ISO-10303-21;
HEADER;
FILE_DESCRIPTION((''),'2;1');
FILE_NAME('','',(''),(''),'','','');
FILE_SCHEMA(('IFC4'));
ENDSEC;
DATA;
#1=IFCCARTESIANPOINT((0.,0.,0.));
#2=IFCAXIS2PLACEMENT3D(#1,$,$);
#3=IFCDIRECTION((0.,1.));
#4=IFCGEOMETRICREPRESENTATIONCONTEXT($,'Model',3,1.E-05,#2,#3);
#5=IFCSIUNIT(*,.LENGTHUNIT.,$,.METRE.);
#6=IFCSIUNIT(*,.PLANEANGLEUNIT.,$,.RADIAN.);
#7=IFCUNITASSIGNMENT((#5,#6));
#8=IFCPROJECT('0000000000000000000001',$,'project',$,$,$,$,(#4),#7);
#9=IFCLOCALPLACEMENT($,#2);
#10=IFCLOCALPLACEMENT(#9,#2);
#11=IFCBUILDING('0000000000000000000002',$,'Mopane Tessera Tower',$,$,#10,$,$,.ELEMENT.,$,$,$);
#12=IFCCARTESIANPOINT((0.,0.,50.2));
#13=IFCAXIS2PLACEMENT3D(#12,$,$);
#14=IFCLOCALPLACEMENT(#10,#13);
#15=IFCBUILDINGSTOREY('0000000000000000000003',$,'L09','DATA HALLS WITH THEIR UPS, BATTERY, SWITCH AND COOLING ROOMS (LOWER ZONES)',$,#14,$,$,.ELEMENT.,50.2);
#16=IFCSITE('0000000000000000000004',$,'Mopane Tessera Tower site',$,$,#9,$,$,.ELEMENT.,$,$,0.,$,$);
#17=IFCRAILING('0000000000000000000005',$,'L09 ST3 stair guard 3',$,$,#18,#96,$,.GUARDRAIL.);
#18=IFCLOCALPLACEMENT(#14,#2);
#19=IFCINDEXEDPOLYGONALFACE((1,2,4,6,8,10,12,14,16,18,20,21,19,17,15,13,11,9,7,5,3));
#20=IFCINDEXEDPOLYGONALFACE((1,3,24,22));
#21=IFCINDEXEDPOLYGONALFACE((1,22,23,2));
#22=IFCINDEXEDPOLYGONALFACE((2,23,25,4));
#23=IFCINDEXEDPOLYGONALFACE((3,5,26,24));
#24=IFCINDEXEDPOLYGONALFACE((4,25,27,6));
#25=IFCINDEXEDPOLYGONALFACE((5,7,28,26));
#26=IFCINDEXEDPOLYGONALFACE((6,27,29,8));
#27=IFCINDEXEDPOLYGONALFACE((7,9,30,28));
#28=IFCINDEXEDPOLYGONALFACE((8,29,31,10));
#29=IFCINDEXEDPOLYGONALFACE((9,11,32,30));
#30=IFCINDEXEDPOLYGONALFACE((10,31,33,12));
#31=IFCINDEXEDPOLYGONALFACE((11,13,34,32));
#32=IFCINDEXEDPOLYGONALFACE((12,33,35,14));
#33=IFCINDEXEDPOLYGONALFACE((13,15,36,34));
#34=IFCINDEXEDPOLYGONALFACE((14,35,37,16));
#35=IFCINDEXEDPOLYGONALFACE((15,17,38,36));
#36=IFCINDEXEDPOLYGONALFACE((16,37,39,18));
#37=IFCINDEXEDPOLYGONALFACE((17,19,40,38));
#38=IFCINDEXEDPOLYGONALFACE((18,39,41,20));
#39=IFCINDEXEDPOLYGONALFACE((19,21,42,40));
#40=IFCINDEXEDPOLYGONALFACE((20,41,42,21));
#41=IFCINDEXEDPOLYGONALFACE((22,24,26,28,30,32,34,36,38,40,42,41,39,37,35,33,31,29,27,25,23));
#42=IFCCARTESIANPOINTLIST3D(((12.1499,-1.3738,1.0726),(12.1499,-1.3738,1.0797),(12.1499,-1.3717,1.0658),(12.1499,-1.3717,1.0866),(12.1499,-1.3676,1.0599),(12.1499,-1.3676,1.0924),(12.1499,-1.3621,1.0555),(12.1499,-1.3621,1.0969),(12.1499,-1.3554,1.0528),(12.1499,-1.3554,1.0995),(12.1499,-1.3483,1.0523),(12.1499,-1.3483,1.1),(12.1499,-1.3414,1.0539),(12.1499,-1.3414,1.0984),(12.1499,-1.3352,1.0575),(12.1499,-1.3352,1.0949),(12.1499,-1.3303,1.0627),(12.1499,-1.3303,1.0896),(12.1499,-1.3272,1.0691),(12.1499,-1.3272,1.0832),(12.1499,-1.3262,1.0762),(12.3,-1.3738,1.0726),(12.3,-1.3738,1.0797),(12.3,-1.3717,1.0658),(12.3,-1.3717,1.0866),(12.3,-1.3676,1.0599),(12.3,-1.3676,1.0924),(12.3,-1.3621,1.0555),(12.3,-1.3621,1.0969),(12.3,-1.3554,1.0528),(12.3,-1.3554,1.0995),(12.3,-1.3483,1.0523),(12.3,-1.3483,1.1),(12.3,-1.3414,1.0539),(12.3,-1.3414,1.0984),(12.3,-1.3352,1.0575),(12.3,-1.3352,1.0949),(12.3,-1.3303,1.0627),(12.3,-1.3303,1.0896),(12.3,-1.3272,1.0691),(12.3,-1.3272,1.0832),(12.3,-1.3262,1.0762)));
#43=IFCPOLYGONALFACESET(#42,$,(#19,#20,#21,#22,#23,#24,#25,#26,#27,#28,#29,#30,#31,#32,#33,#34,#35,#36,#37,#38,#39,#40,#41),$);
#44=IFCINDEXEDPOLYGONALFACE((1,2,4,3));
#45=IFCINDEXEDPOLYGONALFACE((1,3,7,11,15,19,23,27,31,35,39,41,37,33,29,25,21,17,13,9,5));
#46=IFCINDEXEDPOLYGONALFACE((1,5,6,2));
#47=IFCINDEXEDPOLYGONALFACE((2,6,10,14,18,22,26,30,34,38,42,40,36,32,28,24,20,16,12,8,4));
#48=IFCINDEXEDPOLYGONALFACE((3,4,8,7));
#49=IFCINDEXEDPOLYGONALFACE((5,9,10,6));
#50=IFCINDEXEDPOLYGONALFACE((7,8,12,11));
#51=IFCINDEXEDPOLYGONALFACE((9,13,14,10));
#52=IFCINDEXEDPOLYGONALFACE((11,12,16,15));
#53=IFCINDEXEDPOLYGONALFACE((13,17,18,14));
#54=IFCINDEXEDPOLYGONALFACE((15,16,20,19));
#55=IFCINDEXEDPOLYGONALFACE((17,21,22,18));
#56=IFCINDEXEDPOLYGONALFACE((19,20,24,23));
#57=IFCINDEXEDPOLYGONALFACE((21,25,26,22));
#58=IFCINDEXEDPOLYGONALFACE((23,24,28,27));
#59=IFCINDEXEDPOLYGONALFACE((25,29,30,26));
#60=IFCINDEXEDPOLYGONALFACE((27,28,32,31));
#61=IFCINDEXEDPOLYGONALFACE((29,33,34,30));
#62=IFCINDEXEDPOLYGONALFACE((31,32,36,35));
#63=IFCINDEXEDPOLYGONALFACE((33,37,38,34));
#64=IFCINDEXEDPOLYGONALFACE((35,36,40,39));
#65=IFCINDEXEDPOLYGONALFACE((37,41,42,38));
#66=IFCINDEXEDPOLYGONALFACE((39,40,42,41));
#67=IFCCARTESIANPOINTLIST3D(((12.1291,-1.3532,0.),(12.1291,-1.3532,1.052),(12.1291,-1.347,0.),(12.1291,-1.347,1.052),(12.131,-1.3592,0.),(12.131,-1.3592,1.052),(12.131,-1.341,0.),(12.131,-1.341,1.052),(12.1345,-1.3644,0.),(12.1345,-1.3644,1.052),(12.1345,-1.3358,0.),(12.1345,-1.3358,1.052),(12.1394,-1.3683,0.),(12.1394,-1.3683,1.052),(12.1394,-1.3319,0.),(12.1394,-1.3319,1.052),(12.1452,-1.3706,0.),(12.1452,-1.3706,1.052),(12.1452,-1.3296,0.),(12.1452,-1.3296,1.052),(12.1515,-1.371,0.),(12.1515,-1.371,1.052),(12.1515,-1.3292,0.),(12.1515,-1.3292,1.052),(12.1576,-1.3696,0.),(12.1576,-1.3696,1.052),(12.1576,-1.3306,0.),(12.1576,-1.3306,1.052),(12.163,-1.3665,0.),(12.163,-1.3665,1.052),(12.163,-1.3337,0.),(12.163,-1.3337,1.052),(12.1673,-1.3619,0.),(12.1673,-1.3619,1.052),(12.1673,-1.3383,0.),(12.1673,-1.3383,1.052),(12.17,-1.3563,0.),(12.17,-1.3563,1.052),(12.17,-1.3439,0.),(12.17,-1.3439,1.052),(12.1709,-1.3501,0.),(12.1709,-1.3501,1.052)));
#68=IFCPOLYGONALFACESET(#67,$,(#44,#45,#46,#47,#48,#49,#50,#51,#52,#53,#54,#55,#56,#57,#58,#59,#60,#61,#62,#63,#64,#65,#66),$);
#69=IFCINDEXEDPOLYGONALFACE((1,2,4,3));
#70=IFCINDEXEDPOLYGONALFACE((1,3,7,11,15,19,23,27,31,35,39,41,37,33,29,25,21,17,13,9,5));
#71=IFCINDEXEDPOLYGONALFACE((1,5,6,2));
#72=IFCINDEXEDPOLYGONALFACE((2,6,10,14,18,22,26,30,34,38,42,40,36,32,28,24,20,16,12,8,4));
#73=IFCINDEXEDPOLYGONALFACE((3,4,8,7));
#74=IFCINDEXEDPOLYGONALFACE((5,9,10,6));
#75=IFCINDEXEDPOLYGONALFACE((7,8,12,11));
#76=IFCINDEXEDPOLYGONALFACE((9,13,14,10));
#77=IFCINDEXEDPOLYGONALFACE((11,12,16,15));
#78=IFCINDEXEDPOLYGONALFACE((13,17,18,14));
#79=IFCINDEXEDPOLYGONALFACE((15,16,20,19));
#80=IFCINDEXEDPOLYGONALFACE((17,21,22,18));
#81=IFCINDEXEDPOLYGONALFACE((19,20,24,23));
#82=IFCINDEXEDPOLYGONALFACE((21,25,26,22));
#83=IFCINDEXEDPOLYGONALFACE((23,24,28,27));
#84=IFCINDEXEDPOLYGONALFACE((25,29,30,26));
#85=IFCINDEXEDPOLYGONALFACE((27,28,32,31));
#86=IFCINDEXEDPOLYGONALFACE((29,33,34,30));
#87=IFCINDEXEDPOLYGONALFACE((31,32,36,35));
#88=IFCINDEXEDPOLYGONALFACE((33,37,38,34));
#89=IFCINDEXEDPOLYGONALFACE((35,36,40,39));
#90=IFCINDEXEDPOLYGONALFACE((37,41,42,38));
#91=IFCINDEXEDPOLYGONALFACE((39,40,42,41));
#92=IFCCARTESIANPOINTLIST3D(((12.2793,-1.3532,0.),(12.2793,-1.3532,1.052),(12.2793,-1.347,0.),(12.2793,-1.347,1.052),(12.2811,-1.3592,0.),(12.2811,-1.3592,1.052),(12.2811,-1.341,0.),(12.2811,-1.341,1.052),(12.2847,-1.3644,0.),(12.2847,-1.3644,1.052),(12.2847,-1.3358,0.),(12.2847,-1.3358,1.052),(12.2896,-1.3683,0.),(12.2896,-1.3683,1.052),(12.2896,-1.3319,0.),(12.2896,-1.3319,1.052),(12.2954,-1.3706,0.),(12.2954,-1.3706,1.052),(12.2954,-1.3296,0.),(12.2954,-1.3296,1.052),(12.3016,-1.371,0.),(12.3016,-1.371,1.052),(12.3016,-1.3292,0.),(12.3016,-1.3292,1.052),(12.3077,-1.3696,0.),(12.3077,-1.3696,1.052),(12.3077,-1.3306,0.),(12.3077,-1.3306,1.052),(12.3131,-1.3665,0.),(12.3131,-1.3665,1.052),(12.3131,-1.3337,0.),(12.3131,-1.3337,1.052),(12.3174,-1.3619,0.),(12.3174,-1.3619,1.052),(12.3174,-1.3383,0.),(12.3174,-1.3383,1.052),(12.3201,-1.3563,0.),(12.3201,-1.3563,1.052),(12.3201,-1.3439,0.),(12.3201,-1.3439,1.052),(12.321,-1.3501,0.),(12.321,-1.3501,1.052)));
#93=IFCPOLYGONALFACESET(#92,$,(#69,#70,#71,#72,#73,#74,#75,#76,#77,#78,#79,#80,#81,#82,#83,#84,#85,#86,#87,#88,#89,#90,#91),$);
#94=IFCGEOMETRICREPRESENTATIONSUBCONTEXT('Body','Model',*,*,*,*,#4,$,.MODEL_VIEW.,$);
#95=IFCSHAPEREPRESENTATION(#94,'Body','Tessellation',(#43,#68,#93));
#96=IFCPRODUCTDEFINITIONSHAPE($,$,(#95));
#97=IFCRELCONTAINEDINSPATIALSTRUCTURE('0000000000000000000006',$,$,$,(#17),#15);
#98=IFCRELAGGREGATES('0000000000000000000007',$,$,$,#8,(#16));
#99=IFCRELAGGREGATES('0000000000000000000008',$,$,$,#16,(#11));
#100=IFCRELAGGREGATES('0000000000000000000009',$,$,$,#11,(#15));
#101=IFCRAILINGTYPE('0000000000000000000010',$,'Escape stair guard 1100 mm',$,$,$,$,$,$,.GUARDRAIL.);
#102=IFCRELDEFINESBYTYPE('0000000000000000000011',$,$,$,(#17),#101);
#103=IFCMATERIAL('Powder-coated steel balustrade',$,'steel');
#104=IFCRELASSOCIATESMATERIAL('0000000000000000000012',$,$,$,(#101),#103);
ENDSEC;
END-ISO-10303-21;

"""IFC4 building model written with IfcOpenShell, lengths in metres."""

from ifc_helpers import new_model, si_unit, direction, frame, origin, origin_2d, place, context, subcontext, project, spatial, circle, extrude, material, type_object, element, save


model = new_model("IFC4")

# Units and contexts
model_context = context("Model", 3, precision=1e-05, world=origin(), true_north=direction((0.0, 1.0)))
body_context = subcontext(model_context, "Body", "Model", "MODEL_VIEW")
ifc_project = project(units=[si_unit("LENGTHUNIT", "METRE"), si_unit("PLANEANGLEUNIT", "RADIAN")], contexts=[model_context])

# Site, building, storey
site_placement = place(None, origin())
site = spatial("IfcSite", under=ifc_project, at=site_placement, Name="Mopane Tessera Tower site", CompositionType="ELEMENT", RefElevation=0.0)
building_placement = place(site_placement, origin())
building = spatial("IfcBuilding", under=site, at=building_placement, Name="Mopane Tessera Tower", CompositionType="ELEMENT")
storey_placement = place(building_placement, frame((0.0, 0.0, 50.2)))
storey = spatial("IfcBuildingStorey", under=building, at=storey_placement, Name="L09", Description="DATA HALLS WITH THEIR UPS, BATTERY, SWITCH AND COOLING ROOMS (LOWER ZONES)", CompositionType="ELEMENT", Elevation=50.2)

# Railing
ifc_material_1 = material(Name="Powder-coated steel balustrade", Category="steel")
railing_type_1 = type_object("IfcRailingType", Name="Escape stair guard 1100 mm", PredefinedType="GUARDRAIL", material=ifc_material_1)
railing_1_placement = place(storey_placement, frame((12.1499, -1.3501, 0.0)))
element("IfcRailing", 1, at=railing_1_placement, inside=storey, type_object=railing_type_1, Name="L09 ST3 stair guard 3", PredefinedType="GUARDRAIL", context=body_context, shape_type="SweptSolid", body=[
    extrude(circle(Radius=0.0239, at=origin_2d()), frame((0.0, 0.0, 1.0762), z_axis=(1.0, 0.0, 0.0), x_axis=(0.0, 1.0, 0.0)), (0.0, 0.0, 1.0), 0.1501),
    extrude(circle(Radius=0.021, at=origin_2d()), origin(), (0.0, 0.0, 1.0), 1.052),
    extrude(circle(Radius=0.021, at=origin_2d()), frame((0.1501, 0.0, 0.0)), (0.0, 0.0, 1.0), 1.052),
])

save(model, "model.ifc")
